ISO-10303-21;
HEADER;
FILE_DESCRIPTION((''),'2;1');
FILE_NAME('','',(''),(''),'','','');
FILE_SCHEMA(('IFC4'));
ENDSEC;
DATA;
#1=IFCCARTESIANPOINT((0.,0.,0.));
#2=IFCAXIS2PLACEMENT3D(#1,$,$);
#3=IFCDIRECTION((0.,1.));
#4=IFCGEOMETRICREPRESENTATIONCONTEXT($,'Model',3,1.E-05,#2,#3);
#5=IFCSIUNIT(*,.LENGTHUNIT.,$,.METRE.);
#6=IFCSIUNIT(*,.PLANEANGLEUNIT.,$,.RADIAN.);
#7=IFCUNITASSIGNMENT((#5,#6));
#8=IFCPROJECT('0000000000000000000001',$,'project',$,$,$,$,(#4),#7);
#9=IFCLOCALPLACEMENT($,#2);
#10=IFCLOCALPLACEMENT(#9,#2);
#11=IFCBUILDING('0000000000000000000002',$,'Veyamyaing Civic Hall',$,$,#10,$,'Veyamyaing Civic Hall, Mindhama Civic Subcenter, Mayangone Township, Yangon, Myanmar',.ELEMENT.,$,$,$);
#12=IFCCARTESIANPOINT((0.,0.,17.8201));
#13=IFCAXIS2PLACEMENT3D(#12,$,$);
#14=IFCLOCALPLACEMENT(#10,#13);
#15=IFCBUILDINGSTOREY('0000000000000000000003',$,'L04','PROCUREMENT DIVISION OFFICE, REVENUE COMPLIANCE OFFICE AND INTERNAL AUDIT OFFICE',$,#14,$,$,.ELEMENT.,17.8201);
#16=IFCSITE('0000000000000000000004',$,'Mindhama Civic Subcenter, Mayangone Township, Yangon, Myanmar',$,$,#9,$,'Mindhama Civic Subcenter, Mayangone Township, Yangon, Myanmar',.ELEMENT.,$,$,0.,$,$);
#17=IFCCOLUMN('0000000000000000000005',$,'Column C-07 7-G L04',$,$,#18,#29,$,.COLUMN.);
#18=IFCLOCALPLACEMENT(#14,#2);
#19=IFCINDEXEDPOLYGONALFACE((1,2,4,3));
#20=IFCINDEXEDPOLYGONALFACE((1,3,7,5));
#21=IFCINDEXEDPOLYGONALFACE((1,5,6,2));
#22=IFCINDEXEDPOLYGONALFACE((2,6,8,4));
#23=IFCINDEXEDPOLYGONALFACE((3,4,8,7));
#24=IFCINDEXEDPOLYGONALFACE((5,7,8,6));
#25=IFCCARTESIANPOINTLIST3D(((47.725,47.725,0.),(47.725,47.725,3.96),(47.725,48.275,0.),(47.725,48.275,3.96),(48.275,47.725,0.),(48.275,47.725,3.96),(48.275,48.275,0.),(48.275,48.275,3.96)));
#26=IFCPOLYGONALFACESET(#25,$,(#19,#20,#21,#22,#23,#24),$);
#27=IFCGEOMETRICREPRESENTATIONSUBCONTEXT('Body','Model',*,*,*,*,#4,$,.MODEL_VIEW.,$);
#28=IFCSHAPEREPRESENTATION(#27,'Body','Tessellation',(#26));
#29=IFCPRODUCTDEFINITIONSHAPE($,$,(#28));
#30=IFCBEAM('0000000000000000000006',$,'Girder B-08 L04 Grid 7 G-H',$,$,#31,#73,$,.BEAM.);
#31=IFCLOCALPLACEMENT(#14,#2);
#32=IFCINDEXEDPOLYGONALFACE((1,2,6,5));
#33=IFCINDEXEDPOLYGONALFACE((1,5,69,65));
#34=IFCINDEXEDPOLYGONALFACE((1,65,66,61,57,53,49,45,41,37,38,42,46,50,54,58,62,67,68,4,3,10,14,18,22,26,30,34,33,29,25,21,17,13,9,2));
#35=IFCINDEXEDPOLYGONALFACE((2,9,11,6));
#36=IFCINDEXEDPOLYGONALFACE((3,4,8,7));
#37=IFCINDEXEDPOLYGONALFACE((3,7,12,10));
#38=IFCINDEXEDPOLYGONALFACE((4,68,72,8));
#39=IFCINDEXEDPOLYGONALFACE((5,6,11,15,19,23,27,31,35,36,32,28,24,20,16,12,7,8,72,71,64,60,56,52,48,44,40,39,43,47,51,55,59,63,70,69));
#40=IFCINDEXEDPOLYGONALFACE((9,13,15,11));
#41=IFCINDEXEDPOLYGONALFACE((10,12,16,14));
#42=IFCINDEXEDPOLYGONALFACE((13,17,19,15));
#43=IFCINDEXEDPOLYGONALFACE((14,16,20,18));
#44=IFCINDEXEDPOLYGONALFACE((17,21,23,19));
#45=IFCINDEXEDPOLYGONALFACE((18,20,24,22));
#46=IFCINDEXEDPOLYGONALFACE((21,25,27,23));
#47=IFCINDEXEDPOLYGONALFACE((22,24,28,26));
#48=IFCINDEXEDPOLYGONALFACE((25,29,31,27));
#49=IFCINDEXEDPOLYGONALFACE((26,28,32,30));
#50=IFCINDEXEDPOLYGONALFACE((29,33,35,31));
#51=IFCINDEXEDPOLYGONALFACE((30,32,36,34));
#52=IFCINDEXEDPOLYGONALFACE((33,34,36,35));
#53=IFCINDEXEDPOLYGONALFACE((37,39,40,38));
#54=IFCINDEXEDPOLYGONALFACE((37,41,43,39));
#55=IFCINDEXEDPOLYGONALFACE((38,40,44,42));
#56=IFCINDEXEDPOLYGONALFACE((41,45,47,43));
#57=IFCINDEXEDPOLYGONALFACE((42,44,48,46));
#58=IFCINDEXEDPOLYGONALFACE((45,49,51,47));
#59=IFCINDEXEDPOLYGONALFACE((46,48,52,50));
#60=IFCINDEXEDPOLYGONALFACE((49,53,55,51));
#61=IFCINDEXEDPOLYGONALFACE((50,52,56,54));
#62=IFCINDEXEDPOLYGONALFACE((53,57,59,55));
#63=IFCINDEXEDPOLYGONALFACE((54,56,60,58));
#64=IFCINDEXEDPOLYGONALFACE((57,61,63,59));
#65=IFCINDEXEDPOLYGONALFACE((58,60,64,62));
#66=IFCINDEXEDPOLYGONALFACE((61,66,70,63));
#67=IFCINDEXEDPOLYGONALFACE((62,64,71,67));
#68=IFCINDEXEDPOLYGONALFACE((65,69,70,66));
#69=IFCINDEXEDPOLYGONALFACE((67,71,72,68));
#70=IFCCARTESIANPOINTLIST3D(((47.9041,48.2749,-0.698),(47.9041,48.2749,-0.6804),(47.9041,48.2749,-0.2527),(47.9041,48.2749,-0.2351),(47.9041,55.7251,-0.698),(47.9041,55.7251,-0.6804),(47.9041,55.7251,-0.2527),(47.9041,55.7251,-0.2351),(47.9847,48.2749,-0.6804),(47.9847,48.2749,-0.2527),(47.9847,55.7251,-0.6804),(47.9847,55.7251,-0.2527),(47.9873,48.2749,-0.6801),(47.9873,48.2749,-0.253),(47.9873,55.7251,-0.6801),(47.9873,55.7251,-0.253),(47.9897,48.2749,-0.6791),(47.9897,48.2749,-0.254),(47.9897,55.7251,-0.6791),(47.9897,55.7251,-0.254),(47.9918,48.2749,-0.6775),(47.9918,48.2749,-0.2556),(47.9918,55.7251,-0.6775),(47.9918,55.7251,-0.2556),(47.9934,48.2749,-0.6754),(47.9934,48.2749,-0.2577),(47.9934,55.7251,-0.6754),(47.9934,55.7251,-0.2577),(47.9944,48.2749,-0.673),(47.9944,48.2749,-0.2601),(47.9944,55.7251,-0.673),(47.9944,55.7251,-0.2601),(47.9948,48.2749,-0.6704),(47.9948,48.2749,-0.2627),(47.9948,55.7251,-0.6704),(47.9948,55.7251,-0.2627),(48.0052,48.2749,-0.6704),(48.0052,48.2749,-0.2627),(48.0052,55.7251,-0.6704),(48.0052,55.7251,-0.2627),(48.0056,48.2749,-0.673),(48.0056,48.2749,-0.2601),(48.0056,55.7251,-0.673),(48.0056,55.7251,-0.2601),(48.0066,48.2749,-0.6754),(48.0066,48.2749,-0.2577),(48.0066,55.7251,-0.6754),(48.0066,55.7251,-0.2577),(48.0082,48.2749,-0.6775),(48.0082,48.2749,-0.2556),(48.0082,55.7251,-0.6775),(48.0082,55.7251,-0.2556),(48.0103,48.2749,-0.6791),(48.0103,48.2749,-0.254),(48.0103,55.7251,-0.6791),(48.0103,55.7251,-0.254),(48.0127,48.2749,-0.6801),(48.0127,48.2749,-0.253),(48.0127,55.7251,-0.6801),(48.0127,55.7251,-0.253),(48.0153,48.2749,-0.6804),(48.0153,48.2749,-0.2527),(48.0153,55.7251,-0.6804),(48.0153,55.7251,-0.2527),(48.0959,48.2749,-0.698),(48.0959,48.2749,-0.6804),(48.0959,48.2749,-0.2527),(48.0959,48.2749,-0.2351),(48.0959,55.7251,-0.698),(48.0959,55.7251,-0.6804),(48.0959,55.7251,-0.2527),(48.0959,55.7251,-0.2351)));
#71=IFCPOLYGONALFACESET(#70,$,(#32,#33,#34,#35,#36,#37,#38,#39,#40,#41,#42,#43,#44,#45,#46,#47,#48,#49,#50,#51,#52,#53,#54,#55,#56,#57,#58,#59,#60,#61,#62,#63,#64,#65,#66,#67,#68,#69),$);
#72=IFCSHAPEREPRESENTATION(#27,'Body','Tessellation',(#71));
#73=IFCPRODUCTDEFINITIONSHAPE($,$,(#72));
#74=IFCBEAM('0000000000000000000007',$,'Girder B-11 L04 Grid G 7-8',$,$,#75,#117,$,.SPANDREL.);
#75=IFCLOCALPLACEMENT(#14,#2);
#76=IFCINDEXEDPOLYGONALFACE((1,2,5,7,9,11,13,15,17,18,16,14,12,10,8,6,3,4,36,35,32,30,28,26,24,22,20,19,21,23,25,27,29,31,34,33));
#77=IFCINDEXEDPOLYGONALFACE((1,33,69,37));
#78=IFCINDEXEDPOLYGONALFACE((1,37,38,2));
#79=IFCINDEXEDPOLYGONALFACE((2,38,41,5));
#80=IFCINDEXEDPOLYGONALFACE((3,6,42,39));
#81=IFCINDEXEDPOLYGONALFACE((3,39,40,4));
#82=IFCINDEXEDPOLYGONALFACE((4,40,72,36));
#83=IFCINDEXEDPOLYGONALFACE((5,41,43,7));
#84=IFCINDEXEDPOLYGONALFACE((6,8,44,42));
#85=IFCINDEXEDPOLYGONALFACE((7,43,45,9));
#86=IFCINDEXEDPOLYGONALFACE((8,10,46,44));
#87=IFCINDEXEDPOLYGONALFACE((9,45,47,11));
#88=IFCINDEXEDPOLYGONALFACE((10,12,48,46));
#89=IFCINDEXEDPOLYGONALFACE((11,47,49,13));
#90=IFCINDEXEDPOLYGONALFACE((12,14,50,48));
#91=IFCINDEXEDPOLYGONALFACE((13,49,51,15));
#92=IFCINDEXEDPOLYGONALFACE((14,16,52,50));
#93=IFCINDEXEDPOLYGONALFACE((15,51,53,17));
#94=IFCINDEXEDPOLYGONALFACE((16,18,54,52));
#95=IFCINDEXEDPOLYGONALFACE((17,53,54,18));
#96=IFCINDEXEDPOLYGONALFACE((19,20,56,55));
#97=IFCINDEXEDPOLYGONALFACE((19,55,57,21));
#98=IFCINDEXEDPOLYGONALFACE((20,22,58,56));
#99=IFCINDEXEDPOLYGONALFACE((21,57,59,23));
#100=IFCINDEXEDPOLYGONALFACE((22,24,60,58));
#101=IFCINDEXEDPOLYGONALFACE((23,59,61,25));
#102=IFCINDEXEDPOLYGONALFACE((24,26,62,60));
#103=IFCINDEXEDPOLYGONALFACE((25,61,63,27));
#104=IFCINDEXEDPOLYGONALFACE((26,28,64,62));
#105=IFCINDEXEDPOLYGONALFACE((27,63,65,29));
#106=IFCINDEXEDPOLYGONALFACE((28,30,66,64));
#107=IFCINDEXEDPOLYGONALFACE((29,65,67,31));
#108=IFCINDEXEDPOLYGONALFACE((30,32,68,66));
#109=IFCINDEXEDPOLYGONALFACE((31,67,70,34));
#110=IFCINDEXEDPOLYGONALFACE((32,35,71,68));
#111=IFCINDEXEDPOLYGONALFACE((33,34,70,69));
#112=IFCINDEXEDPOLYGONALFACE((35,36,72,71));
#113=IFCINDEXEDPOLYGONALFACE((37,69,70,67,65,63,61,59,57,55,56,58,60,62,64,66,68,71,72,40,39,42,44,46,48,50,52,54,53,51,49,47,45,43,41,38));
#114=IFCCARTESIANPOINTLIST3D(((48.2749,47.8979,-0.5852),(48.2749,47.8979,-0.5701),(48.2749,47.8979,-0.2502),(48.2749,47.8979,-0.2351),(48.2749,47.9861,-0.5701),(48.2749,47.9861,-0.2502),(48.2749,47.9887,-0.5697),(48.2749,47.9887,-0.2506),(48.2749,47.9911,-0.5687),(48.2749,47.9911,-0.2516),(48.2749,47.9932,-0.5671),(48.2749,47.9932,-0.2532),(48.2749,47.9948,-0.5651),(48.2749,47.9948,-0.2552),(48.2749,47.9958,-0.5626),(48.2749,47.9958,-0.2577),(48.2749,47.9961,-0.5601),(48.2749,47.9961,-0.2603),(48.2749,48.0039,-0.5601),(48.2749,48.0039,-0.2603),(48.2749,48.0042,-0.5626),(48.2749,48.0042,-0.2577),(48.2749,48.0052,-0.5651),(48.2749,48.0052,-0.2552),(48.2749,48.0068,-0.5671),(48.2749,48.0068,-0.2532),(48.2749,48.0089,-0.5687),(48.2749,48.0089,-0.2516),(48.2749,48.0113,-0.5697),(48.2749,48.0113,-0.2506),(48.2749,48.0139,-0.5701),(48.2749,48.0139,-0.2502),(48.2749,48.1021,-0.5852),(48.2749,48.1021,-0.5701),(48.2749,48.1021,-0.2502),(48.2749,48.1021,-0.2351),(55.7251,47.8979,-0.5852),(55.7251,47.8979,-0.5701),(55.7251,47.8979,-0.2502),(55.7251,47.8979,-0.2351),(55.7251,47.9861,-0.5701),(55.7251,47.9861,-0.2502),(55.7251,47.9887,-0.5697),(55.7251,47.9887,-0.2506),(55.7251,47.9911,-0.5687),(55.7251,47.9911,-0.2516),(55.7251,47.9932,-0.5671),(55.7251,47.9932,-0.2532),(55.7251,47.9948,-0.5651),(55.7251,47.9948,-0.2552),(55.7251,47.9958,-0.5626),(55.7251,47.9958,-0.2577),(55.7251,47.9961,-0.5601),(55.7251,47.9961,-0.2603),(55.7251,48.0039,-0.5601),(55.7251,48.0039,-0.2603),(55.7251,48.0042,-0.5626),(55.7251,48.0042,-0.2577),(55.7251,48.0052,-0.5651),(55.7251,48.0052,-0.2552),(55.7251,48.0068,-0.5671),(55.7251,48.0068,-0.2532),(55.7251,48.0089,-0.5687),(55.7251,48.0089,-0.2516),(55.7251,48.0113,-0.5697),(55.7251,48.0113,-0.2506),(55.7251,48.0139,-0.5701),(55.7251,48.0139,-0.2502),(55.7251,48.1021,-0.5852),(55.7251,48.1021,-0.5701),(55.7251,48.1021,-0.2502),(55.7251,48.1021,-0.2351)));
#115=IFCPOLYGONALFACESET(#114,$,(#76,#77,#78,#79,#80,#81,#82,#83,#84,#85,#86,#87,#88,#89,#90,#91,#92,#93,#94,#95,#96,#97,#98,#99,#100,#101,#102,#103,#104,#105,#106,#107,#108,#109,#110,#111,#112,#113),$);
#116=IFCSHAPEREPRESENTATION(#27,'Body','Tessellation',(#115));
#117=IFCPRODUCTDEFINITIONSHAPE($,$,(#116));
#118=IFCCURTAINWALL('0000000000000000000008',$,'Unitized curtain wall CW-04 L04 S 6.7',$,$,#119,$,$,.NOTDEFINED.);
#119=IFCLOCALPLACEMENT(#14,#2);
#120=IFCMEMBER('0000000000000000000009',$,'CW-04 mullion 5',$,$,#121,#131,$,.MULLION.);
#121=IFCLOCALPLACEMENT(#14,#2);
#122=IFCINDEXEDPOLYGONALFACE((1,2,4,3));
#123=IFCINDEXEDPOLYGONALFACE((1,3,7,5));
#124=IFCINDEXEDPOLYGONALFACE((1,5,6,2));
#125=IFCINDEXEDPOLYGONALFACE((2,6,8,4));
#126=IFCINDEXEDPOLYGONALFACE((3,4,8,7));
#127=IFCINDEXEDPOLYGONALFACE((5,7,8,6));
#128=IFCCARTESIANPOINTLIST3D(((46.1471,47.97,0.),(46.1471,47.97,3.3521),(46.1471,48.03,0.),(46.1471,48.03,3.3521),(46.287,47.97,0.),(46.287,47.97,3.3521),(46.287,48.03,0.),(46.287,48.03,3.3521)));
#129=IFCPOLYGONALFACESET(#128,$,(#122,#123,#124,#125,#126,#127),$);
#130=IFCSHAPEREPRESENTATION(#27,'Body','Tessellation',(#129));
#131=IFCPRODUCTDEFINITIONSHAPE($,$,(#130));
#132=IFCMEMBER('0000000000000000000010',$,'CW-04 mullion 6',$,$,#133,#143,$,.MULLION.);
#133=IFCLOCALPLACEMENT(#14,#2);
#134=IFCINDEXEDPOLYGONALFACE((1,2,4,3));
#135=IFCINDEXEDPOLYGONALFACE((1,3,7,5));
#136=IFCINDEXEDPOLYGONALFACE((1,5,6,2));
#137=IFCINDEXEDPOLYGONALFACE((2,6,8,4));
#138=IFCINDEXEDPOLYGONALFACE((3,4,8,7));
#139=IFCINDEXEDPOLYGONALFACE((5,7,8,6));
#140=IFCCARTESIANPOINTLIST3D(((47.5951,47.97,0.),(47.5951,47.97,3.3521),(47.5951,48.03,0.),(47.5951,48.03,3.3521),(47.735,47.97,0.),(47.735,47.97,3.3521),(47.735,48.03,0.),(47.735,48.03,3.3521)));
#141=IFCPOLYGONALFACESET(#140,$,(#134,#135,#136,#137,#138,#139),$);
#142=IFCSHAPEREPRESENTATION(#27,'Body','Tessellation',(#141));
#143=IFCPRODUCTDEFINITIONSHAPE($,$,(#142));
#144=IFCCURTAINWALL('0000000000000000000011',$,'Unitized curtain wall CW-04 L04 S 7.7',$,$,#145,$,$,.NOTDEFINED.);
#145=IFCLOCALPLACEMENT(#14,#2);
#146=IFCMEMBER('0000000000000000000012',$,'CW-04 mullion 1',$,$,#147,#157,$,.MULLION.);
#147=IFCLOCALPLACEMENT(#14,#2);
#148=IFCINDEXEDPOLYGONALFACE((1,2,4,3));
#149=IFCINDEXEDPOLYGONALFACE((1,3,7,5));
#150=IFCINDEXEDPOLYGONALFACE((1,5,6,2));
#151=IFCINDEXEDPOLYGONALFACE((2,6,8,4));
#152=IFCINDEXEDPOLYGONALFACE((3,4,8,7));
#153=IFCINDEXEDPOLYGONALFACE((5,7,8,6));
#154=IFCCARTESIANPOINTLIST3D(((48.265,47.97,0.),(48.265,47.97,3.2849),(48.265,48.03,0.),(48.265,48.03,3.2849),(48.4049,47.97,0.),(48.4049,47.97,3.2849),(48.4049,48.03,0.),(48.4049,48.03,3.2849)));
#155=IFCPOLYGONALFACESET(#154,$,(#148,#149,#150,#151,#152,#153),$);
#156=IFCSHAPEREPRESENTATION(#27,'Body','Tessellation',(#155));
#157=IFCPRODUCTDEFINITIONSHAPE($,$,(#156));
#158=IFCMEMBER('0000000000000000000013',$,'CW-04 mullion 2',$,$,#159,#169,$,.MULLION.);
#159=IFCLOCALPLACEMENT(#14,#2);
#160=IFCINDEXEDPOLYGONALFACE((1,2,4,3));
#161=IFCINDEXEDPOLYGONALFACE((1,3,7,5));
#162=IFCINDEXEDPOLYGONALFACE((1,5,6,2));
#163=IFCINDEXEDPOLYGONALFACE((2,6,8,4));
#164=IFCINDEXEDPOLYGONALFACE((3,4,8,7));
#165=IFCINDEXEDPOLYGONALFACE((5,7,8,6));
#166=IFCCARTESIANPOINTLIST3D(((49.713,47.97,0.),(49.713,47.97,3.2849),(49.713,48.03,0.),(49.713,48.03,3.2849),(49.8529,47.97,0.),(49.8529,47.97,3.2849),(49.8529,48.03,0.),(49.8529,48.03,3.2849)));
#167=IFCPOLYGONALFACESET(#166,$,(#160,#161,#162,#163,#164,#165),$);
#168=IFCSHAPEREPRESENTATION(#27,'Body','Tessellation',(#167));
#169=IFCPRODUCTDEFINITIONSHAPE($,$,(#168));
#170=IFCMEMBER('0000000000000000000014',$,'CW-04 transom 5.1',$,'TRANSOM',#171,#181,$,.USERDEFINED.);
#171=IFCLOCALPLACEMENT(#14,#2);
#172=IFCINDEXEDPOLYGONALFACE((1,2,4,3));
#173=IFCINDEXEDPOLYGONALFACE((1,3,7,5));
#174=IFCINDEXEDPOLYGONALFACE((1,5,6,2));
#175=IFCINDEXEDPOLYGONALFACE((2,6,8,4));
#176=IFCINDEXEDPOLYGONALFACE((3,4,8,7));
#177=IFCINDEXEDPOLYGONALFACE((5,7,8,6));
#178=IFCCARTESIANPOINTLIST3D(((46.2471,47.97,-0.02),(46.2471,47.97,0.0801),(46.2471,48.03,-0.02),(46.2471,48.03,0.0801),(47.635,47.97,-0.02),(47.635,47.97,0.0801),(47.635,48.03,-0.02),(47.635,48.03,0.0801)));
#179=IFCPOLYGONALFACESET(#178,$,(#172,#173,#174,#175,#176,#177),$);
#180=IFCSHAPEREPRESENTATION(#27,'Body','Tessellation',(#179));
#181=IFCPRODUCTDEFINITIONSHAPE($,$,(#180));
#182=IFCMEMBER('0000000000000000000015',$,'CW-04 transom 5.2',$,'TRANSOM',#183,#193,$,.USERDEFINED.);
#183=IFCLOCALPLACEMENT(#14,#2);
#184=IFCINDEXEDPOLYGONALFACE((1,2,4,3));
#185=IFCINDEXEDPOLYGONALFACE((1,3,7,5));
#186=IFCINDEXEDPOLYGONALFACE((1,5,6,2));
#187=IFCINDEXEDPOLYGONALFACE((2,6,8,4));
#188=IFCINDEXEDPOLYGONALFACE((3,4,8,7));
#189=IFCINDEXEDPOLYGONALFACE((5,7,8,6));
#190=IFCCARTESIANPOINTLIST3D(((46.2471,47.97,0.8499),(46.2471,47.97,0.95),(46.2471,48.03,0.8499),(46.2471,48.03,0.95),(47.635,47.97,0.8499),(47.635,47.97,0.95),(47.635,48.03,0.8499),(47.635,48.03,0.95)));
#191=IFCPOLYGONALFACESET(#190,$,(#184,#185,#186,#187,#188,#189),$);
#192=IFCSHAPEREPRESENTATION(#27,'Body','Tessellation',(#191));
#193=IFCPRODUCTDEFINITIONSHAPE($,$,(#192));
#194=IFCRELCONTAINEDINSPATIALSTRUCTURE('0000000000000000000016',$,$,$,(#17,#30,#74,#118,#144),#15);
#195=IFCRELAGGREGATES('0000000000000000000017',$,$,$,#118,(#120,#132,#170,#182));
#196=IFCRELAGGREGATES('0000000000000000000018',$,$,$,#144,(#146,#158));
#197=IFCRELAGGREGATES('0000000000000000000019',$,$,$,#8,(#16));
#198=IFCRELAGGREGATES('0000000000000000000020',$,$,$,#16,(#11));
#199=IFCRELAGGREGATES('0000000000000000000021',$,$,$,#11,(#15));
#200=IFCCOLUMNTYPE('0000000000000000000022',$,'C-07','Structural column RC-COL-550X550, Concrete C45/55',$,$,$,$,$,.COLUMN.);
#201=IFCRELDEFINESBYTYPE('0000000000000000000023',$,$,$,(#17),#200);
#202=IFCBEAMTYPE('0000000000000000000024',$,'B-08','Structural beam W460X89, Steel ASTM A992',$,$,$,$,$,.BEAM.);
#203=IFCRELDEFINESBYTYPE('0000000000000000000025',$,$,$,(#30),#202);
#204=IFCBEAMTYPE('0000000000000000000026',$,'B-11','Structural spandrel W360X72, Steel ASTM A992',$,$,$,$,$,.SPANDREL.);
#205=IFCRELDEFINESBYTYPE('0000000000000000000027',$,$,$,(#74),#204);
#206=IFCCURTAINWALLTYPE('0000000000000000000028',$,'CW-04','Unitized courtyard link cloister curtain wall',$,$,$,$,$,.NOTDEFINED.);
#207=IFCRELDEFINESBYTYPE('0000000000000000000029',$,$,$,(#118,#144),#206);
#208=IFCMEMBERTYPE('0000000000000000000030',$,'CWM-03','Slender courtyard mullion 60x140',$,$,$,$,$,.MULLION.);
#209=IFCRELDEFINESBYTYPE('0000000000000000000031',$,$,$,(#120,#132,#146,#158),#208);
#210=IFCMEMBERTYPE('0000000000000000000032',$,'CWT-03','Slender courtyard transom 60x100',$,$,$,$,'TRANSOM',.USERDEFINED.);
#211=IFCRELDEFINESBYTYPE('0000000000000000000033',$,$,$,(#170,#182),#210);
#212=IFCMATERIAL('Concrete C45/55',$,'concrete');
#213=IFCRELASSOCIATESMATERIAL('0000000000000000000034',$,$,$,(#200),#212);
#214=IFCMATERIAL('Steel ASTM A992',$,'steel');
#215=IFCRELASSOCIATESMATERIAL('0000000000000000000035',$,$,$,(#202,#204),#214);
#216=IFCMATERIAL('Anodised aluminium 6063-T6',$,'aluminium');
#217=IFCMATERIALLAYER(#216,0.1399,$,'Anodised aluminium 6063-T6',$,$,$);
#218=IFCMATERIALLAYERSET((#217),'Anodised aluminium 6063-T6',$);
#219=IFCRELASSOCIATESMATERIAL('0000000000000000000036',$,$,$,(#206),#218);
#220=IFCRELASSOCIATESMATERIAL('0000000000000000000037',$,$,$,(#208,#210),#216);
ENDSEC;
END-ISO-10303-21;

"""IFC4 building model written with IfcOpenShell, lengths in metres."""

from ifc_helpers import new_model, si_unit, direction, frame, origin, origin_2d, place, context, subcontext, project, spatial, rectangle, i_section, extrude, material, layer, layer_set, material_profile, profile_set, type_object, element, aggregate, save


model = new_model("IFC4")

# Units and contexts
model_context = context("Model", 3, precision=1e-05, world=origin(), true_north=direction((0.0, 1.0)))
body_context = subcontext(model_context, "Body", "Model", "MODEL_VIEW")
ifc_project = project(units=[si_unit("LENGTHUNIT", "METRE"), si_unit("PLANEANGLEUNIT", "RADIAN")], contexts=[model_context])

# Site, building, storey
site_placement = place(None, origin())
site = spatial("IfcSite", under=ifc_project, at=site_placement, Name="Mindhama Civic Subcenter, Mayangone Township, Yangon, Myanmar", LongName="Mindhama Civic Subcenter, Mayangone Township, Yangon, Myanmar", CompositionType="ELEMENT", RefElevation=0.0)
building_placement = place(site_placement, origin())
building = spatial("IfcBuilding", under=site, at=building_placement, Name="Veyamyaing Civic Hall", LongName="Veyamyaing Civic Hall, Mindhama Civic Subcenter, Mayangone Township, Yangon, Myanmar", CompositionType="ELEMENT")
storey_placement = place(building_placement, frame((0.0, 0.0, 17.8201)))
storey = spatial("IfcBuildingStorey", under=building, at=storey_placement, Name="L04", Description="PROCUREMENT DIVISION OFFICE, REVENUE COMPLIANCE OFFICE AND INTERNAL AUDIT OFFICE", CompositionType="ELEMENT", Elevation=17.8201)

# Column
ifc_material_1 = material(Name="Concrete C45/55", Category="concrete")
ifc_material_profile_1 = material_profile(ifc_material_1, rectangle(XDim=0.55, YDim=0.55, at=origin_2d()), Name="RC-COL-550X550")
ifc_profile_set_1 = profile_set([ifc_material_profile_1], Name="Concrete C45/55")
column_type = type_object("IfcColumnType", Name="C-07", Description="Structural column RC-COL-550X550, Concrete C45/55", PredefinedType="COLUMN", material=ifc_profile_set_1)
column_placement = place(storey_placement, frame((48.0, 48.0, 0.0), z_axis=(0.0, 0.0, 1.0), x_axis=(1.0, 0.0, 0.0)))
element("IfcColumn", 1, at=column_placement, inside=storey, type_object=column_type, Name="Column C-07 7-G L04", PredefinedType="COLUMN", context=body_context, shape_type="SweptSolid", body=[
    extrude(rectangle(XDim=0.55, YDim=0.55, at=origin_2d()), origin(), (0.0, 0.0, 1.0), 3.96),
])

# Beams
ifc_material_2 = material(Name="Steel ASTM A992", Category="steel")
ifc_material_profile_2 = material_profile(ifc_material_2, i_section(OverallWidth=0.1919, OverallDepth=0.4629, WebThickness=0.0105, FlangeThickness=0.0176, FilletRadius=0.01, at=origin_2d()), Name="W460X89")
ifc_profile_set_2 = profile_set([ifc_material_profile_2], Name="Steel ASTM A992")
beam_type_1 = type_object("IfcBeamType", Name="B-08", Description="Structural beam W460X89, Steel ASTM A992", PredefinedType="BEAM", material=ifc_profile_set_2)
beam_1_placement = place(storey_placement, frame((48.0, 48.2749, -0.4666), z_axis=(0.0, 1.0, 0.0), x_axis=(-1.0, 0.0, 0.0)))
element("IfcBeam", 2, at=beam_1_placement, inside=storey, type_object=beam_type_1, Name="Girder B-08 L04 Grid 7 G-H", PredefinedType="BEAM", context=body_context, shape_type="SweptSolid", body=[
    extrude(i_section(OverallWidth=0.1919, OverallDepth=0.4629, WebThickness=0.0105, FlangeThickness=0.0176, FilletRadius=0.01, at=origin_2d()), origin(), (0.0, 0.0, 1.0), 7.4502),
])
ifc_material_profile_3 = material_profile(ifc_material_2, i_section(OverallWidth=0.2041, OverallDepth=0.3501, WebThickness=0.0078, FlangeThickness=0.0151, FilletRadius=0.01, at=origin_2d()), Name="W360X72")
ifc_profile_set_3 = profile_set([ifc_material_profile_3], Name="Steel ASTM A992")
beam_type_2 = type_object("IfcBeamType", Name="B-11", Description="Structural spandrel W360X72, Steel ASTM A992", PredefinedType="SPANDREL", material=ifc_profile_set_3)
beam_2_placement = place(storey_placement, frame((48.2749, 48.0, -0.4102), z_axis=(1.0, 0.0, 0.0), x_axis=(0.0, 1.0, 0.0)))
element("IfcBeam", 3, at=beam_2_placement, inside=storey, type_object=beam_type_2, Name="Girder B-11 L04 Grid G 7-8", PredefinedType="SPANDREL", context=body_context, shape_type="SweptSolid", body=[
    extrude(i_section(OverallWidth=0.2041, OverallDepth=0.3501, WebThickness=0.0078, FlangeThickness=0.0151, FilletRadius=0.01, at=origin_2d()), origin(), (0.0, 0.0, 1.0), 7.4502),
])

# Curtain walls, members
ifc_material_3 = material(Name="Anodised aluminium 6063-T6", Category="aluminium")
ifc_layer_1 = layer(ifc_material_3, 0.1399, Name="Anodised aluminium 6063-T6")
ifc_layer_set_1 = layer_set([ifc_layer_1], Name="Anodised aluminium 6063-T6")
curtain_wall_type = type_object("IfcCurtainWallType", Name="CW-04", Description="Unitized courtyard link cloister curtain wall", PredefinedType="NOTDEFINED", material=ifc_layer_set_1)
curtain_wall_1_placement = place(storey_placement, origin())
curtain_wall_1 = element("IfcCurtainWall", 4, at=curtain_wall_1_placement, inside=storey, type_object=curtain_wall_type, Name="Unitized curtain wall CW-04 L04 S 6.7", PredefinedType="NOTDEFINED")
ifc_material_profile_4 = material_profile(ifc_material_3, rectangle(XDim=0.0601, YDim=0.1399, at=origin_2d()), Name="ALU-MUL-60X140")
ifc_profile_set_4 = profile_set([ifc_material_profile_4], Name="Anodised aluminium 6063-T6")
member_type_1 = type_object("IfcMemberType", Name="CWM-03", Description="Slender courtyard mullion 60x140", PredefinedType="MULLION", material=ifc_profile_set_4)
member_1_placement = place(storey_placement, frame((46.217, 48.0, 0.0), z_axis=(0.0, 0.0, 1.0), x_axis=(0.0, 1.0, 0.0)))
member_1 = element("IfcMember", 5, at=member_1_placement, type_object=member_type_1, Name="CW-04 mullion 5", PredefinedType="MULLION", context=body_context, shape_type="SweptSolid", body=[
    extrude(rectangle(XDim=0.0601, YDim=0.1399, at=origin_2d()), origin(), (0.0, 0.0, 1.0), 3.3521),
])
member_2_placement = place(storey_placement, frame((47.665, 48.0, 0.0), z_axis=(0.0, 0.0, 1.0), x_axis=(0.0, 1.0, 0.0)))
member_2 = element("IfcMember", 6, at=member_2_placement, type_object=member_type_1, Name="CW-04 mullion 6", PredefinedType="MULLION", context=body_context, shape_type="SweptSolid", body=[
    extrude(rectangle(XDim=0.0601, YDim=0.1399, at=origin_2d()), origin(), (0.0, 0.0, 1.0), 3.3521),
])
curtain_wall_2_placement = place(storey_placement, origin())
curtain_wall_2 = element("IfcCurtainWall", 7, at=curtain_wall_2_placement, inside=storey, type_object=curtain_wall_type, Name="Unitized curtain wall CW-04 L04 S 7.7", PredefinedType="NOTDEFINED")
member_3_placement = place(storey_placement, frame((48.335, 48.0, 0.0), z_axis=(0.0, 0.0, 1.0), x_axis=(0.0, 1.0, 0.0)))
member_3 = element("IfcMember", 8, at=member_3_placement, type_object=member_type_1, Name="CW-04 mullion 1", PredefinedType="MULLION", context=body_context, shape_type="SweptSolid", body=[
    extrude(rectangle(XDim=0.0601, YDim=0.1399, at=origin_2d()), origin(), (0.0, 0.0, 1.0), 3.2849),
])
member_4_placement = place(storey_placement, frame((49.783, 48.0, 0.0), z_axis=(0.0, 0.0, 1.0), x_axis=(0.0, 1.0, 0.0)))
member_4 = element("IfcMember", 9, at=member_4_placement, type_object=member_type_1, Name="CW-04 mullion 2", PredefinedType="MULLION", context=body_context, shape_type="SweptSolid", body=[
    extrude(rectangle(XDim=0.0601, YDim=0.1399, at=origin_2d()), origin(), (0.0, 0.0, 1.0), 3.2849),
])

# Members
ifc_material_profile_5 = material_profile(ifc_material_3, rectangle(XDim=0.0601, YDim=0.1001, at=origin_2d()), Name="ALU-TRN-60X100")
ifc_profile_set_5 = profile_set([ifc_material_profile_5], Name="Anodised aluminium 6063-T6")
member_type_2 = type_object("IfcMemberType", Name="CWT-03", Description="Slender courtyard transom 60x100", ElementType="TRANSOM", PredefinedType="USERDEFINED", material=ifc_profile_set_5)
member_5_placement = place(storey_placement, frame((46.2471, 48.0, 0.03), z_axis=(1.0, 0.0, 0.0), x_axis=(0.0, 1.0, 0.0)))
member_5 = element("IfcMember", 10, at=member_5_placement, type_object=member_type_2, Name="CW-04 transom 5.1", ObjectType="TRANSOM", PredefinedType="USERDEFINED", context=body_context, shape_type="SweptSolid", body=[
    extrude(rectangle(XDim=0.0601, YDim=0.1001, at=origin_2d()), origin(), (0.0, 0.0, 1.0), 1.3879),
])
member_6_placement = place(storey_placement, frame((46.2471, 48.0, 0.8999), z_axis=(1.0, 0.0, 0.0), x_axis=(0.0, 1.0, 0.0)))
member_6 = element("IfcMember", 11, at=member_6_placement, type_object=member_type_2, Name="CW-04 transom 5.2", ObjectType="TRANSOM", PredefinedType="USERDEFINED", context=body_context, shape_type="SweptSolid", body=[
    extrude(rectangle(XDim=0.0601, YDim=0.1001, at=origin_2d()), origin(), (0.0, 0.0, 1.0), 1.3879),
])

aggregate(curtain_wall_1, [member_1, member_2, member_5, member_6])
aggregate(curtain_wall_2, [member_3, member_4])

save(model, "model.ifc")
